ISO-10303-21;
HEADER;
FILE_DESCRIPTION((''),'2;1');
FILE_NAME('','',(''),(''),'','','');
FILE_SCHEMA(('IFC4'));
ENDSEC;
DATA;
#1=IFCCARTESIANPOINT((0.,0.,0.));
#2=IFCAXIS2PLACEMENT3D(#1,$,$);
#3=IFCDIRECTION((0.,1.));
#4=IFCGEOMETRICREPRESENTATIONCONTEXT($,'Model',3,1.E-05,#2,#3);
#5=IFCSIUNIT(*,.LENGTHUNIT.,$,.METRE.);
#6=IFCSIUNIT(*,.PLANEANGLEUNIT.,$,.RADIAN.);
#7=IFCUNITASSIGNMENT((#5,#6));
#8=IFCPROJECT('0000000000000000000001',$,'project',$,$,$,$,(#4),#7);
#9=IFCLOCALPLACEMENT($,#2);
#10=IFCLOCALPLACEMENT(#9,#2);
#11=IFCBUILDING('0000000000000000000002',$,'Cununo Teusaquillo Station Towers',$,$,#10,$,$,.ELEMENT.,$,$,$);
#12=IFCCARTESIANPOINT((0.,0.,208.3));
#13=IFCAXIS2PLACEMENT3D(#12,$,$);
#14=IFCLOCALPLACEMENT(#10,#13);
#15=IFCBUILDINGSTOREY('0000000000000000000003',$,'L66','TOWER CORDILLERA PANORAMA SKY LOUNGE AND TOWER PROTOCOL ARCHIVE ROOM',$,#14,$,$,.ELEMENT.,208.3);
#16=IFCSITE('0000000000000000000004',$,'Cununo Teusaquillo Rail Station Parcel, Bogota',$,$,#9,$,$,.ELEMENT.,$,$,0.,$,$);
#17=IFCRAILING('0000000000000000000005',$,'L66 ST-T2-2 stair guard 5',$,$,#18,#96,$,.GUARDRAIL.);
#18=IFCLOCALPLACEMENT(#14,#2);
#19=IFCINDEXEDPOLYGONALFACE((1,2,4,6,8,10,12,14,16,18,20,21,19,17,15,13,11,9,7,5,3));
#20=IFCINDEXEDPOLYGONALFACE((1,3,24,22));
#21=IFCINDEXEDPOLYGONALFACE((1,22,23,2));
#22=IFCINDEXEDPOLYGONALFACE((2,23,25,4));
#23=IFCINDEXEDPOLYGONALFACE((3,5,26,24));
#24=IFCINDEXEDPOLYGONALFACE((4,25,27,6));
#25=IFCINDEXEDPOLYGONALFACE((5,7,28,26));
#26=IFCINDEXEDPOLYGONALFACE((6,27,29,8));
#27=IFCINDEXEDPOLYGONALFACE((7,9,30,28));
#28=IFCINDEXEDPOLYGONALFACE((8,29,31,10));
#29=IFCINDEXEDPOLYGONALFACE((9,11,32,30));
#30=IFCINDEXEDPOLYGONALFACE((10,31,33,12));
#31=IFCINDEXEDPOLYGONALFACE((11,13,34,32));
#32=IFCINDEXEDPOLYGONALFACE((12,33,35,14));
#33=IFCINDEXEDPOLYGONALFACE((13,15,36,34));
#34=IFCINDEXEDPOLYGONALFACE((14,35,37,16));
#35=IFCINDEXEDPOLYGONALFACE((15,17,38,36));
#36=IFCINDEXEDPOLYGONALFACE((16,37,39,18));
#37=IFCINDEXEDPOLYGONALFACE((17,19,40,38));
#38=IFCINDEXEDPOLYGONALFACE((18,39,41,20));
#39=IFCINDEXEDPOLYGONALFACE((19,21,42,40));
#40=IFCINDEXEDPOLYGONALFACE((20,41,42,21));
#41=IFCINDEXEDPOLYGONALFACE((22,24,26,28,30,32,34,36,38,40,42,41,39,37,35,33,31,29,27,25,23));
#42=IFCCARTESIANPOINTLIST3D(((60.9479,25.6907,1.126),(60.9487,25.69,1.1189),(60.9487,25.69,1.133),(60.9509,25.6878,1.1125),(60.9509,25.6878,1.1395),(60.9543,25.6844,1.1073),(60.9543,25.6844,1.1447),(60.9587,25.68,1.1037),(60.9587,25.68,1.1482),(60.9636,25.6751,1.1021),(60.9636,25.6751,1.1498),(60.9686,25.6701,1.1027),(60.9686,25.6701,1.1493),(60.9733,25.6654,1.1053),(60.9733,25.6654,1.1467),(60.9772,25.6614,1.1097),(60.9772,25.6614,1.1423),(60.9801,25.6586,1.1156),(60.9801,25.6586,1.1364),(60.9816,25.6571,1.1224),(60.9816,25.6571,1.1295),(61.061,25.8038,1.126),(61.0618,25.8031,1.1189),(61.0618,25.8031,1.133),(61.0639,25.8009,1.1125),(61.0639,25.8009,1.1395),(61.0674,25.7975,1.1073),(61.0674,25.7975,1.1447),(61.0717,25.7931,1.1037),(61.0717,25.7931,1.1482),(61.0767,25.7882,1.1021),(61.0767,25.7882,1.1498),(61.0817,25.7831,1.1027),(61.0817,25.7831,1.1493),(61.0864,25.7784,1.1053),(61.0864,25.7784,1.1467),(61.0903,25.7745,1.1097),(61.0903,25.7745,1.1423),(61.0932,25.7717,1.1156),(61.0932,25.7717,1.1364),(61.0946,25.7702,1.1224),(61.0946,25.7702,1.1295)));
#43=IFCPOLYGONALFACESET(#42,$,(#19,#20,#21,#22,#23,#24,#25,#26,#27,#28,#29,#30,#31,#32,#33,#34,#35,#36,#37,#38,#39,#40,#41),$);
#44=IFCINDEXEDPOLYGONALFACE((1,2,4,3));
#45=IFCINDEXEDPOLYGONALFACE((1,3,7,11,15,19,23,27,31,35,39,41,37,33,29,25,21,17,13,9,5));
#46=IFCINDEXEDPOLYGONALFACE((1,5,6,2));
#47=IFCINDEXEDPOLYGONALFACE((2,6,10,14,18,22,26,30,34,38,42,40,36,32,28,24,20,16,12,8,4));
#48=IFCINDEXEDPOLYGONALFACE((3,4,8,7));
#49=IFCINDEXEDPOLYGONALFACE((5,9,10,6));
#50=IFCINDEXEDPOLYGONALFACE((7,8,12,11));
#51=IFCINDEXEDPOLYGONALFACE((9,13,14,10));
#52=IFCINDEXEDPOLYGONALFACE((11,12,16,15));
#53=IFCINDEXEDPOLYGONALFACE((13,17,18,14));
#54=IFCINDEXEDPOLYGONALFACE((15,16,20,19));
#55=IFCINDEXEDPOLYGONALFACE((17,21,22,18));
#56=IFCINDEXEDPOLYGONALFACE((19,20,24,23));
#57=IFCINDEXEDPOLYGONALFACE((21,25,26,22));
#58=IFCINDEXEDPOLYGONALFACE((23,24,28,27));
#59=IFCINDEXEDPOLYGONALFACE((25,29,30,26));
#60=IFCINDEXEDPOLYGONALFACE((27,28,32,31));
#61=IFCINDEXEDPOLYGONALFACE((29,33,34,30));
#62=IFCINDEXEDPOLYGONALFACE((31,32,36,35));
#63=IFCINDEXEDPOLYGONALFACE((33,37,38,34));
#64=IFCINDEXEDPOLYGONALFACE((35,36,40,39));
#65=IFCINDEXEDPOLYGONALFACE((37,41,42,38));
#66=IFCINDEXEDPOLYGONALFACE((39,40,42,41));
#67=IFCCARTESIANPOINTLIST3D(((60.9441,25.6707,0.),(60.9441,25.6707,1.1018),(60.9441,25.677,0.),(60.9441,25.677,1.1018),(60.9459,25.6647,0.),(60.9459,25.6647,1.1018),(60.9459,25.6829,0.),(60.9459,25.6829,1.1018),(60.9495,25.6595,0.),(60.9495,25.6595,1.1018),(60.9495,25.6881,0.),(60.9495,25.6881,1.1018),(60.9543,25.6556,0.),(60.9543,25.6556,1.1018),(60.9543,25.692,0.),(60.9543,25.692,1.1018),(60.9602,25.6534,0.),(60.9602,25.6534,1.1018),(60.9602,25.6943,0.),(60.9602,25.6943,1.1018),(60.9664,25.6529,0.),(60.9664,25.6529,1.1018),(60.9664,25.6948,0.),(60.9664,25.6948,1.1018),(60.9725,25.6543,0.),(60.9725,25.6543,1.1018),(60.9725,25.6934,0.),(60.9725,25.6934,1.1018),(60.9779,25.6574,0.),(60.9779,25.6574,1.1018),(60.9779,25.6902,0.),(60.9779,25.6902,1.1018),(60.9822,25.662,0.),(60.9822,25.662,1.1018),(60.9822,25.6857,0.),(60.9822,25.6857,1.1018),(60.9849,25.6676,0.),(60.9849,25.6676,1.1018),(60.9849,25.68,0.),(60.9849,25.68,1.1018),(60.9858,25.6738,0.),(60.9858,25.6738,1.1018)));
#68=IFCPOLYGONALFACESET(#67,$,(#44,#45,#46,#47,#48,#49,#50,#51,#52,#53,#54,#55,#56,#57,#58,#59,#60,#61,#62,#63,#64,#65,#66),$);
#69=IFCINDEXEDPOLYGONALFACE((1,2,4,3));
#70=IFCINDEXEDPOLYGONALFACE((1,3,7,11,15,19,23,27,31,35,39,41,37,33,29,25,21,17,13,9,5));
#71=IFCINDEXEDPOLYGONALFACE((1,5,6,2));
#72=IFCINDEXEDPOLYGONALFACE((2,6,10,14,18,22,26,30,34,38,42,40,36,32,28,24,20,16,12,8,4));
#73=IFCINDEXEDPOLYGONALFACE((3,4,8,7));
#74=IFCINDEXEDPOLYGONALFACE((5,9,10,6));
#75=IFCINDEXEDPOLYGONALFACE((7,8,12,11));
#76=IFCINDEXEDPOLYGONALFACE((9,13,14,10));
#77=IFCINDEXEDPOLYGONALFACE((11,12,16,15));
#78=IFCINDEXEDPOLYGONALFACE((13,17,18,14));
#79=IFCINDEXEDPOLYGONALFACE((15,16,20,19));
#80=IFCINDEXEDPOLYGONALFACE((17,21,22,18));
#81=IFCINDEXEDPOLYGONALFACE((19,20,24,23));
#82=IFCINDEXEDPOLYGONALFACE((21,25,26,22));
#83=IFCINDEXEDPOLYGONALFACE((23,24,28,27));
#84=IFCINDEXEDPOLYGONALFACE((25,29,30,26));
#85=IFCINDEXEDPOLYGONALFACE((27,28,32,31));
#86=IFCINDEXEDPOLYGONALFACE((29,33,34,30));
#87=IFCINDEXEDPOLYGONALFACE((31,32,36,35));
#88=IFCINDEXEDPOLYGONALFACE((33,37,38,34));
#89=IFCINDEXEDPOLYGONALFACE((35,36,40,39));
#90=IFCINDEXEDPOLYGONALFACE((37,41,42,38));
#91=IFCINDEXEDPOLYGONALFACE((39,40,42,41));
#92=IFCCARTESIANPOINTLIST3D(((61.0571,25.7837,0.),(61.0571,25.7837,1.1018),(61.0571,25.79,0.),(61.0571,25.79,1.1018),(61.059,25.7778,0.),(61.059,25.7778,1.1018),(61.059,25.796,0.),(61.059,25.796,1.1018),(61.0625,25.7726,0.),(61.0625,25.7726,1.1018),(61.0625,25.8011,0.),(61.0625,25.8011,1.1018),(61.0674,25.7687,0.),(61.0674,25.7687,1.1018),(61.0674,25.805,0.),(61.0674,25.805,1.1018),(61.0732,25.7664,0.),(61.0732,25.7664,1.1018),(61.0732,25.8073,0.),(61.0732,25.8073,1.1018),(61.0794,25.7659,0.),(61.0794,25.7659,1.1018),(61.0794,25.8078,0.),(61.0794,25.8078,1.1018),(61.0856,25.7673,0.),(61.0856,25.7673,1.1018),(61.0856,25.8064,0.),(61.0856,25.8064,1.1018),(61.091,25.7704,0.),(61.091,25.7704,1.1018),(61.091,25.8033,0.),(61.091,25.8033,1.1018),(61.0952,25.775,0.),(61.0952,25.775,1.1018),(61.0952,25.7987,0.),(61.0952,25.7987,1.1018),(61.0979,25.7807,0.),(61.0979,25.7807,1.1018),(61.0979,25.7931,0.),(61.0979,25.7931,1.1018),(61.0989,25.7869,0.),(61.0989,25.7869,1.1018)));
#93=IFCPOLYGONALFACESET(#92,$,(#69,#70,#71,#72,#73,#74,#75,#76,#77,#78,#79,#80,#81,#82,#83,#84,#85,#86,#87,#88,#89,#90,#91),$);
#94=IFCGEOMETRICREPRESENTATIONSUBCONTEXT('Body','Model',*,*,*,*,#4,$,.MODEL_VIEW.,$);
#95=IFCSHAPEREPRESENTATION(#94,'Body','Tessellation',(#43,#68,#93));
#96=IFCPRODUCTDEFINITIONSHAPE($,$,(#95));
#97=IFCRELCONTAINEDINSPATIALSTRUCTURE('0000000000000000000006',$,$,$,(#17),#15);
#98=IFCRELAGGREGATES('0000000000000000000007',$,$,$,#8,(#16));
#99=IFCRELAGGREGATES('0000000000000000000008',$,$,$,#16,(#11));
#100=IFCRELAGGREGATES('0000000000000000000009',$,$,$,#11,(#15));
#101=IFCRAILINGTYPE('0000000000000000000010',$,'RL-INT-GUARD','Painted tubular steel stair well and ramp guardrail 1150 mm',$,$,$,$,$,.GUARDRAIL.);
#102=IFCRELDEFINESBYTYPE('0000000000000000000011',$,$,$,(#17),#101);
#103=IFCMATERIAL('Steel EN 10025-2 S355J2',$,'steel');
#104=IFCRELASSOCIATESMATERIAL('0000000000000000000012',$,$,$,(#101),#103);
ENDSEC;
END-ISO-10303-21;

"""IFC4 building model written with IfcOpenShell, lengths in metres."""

from ifc_helpers import new_model, si_unit, direction, frame, origin, origin_2d, place, context, subcontext, project, spatial, circle, extrude, material, type_object, element, save


model = new_model("IFC4")

# Units and contexts
model_context = context("Model", 3, precision=1e-05, world=origin(), true_north=direction((0.0, 1.0)))
body_context = subcontext(model_context, "Body", "Model", "MODEL_VIEW")
ifc_project = project(units=[si_unit("LENGTHUNIT", "METRE"), si_unit("PLANEANGLEUNIT", "RADIAN")], contexts=[model_context])

# Site, building, storey
site_placement = place(None, origin())
site = spatial("IfcSite", under=ifc_project, at=site_placement, Name="Cununo Teusaquillo Rail Station Parcel, Bogota", CompositionType="ELEMENT", RefElevation=0.0)
building_placement = place(site_placement, origin())
building = spatial("IfcBuilding", under=site, at=building_placement, Name="Cununo Teusaquillo Station Towers", CompositionType="ELEMENT")
storey_placement = place(building_placement, frame((0.0, 0.0, 208.3)))
storey = spatial("IfcBuildingStorey", under=building, at=storey_placement, Name="L66", Description="TOWER CORDILLERA PANORAMA SKY LOUNGE AND TOWER PROTOCOL ARCHIVE ROOM", CompositionType="ELEMENT", Elevation=208.3)

# Railing
ifc_material_1 = material(Name="Steel EN 10025-2 S355J2", Category="steel")
railing_type_1 = type_object("IfcRailingType", Name="RL-INT-GUARD", Description="Painted tubular steel stair well and ramp guardrail 1150 mm", PredefinedType="GUARDRAIL", material=ifc_material_1)
railing_1_placement = place(storey_placement, frame((60.9648, 25.6738, 0.0)))
element("IfcRailing", 1, at=railing_1_placement, inside=storey, type_object=railing_type_1, Name="L66 ST-T2-2 stair guard 5", PredefinedType="GUARDRAIL", context=body_context, shape_type="SweptSolid", body=[
    extrude(circle(Radius=0.0239, at=origin_2d()), frame((0.0, 0.0, 1.126), z_axis=(0.707107, 0.707107, 0.0), x_axis=(-0.707107, 0.707107, 0.0)), (0.0, 0.0, 1.0), 0.1599),
    extrude(circle(Radius=0.021, at=origin_2d()), origin(), (0.0, 0.0, 1.0), 1.1018),
    extrude(circle(Radius=0.021, at=origin_2d()), frame((0.113, 0.113, 0.0)), (0.0, 0.0, 1.0), 1.1018),
])

save(model, "model.ifc")
